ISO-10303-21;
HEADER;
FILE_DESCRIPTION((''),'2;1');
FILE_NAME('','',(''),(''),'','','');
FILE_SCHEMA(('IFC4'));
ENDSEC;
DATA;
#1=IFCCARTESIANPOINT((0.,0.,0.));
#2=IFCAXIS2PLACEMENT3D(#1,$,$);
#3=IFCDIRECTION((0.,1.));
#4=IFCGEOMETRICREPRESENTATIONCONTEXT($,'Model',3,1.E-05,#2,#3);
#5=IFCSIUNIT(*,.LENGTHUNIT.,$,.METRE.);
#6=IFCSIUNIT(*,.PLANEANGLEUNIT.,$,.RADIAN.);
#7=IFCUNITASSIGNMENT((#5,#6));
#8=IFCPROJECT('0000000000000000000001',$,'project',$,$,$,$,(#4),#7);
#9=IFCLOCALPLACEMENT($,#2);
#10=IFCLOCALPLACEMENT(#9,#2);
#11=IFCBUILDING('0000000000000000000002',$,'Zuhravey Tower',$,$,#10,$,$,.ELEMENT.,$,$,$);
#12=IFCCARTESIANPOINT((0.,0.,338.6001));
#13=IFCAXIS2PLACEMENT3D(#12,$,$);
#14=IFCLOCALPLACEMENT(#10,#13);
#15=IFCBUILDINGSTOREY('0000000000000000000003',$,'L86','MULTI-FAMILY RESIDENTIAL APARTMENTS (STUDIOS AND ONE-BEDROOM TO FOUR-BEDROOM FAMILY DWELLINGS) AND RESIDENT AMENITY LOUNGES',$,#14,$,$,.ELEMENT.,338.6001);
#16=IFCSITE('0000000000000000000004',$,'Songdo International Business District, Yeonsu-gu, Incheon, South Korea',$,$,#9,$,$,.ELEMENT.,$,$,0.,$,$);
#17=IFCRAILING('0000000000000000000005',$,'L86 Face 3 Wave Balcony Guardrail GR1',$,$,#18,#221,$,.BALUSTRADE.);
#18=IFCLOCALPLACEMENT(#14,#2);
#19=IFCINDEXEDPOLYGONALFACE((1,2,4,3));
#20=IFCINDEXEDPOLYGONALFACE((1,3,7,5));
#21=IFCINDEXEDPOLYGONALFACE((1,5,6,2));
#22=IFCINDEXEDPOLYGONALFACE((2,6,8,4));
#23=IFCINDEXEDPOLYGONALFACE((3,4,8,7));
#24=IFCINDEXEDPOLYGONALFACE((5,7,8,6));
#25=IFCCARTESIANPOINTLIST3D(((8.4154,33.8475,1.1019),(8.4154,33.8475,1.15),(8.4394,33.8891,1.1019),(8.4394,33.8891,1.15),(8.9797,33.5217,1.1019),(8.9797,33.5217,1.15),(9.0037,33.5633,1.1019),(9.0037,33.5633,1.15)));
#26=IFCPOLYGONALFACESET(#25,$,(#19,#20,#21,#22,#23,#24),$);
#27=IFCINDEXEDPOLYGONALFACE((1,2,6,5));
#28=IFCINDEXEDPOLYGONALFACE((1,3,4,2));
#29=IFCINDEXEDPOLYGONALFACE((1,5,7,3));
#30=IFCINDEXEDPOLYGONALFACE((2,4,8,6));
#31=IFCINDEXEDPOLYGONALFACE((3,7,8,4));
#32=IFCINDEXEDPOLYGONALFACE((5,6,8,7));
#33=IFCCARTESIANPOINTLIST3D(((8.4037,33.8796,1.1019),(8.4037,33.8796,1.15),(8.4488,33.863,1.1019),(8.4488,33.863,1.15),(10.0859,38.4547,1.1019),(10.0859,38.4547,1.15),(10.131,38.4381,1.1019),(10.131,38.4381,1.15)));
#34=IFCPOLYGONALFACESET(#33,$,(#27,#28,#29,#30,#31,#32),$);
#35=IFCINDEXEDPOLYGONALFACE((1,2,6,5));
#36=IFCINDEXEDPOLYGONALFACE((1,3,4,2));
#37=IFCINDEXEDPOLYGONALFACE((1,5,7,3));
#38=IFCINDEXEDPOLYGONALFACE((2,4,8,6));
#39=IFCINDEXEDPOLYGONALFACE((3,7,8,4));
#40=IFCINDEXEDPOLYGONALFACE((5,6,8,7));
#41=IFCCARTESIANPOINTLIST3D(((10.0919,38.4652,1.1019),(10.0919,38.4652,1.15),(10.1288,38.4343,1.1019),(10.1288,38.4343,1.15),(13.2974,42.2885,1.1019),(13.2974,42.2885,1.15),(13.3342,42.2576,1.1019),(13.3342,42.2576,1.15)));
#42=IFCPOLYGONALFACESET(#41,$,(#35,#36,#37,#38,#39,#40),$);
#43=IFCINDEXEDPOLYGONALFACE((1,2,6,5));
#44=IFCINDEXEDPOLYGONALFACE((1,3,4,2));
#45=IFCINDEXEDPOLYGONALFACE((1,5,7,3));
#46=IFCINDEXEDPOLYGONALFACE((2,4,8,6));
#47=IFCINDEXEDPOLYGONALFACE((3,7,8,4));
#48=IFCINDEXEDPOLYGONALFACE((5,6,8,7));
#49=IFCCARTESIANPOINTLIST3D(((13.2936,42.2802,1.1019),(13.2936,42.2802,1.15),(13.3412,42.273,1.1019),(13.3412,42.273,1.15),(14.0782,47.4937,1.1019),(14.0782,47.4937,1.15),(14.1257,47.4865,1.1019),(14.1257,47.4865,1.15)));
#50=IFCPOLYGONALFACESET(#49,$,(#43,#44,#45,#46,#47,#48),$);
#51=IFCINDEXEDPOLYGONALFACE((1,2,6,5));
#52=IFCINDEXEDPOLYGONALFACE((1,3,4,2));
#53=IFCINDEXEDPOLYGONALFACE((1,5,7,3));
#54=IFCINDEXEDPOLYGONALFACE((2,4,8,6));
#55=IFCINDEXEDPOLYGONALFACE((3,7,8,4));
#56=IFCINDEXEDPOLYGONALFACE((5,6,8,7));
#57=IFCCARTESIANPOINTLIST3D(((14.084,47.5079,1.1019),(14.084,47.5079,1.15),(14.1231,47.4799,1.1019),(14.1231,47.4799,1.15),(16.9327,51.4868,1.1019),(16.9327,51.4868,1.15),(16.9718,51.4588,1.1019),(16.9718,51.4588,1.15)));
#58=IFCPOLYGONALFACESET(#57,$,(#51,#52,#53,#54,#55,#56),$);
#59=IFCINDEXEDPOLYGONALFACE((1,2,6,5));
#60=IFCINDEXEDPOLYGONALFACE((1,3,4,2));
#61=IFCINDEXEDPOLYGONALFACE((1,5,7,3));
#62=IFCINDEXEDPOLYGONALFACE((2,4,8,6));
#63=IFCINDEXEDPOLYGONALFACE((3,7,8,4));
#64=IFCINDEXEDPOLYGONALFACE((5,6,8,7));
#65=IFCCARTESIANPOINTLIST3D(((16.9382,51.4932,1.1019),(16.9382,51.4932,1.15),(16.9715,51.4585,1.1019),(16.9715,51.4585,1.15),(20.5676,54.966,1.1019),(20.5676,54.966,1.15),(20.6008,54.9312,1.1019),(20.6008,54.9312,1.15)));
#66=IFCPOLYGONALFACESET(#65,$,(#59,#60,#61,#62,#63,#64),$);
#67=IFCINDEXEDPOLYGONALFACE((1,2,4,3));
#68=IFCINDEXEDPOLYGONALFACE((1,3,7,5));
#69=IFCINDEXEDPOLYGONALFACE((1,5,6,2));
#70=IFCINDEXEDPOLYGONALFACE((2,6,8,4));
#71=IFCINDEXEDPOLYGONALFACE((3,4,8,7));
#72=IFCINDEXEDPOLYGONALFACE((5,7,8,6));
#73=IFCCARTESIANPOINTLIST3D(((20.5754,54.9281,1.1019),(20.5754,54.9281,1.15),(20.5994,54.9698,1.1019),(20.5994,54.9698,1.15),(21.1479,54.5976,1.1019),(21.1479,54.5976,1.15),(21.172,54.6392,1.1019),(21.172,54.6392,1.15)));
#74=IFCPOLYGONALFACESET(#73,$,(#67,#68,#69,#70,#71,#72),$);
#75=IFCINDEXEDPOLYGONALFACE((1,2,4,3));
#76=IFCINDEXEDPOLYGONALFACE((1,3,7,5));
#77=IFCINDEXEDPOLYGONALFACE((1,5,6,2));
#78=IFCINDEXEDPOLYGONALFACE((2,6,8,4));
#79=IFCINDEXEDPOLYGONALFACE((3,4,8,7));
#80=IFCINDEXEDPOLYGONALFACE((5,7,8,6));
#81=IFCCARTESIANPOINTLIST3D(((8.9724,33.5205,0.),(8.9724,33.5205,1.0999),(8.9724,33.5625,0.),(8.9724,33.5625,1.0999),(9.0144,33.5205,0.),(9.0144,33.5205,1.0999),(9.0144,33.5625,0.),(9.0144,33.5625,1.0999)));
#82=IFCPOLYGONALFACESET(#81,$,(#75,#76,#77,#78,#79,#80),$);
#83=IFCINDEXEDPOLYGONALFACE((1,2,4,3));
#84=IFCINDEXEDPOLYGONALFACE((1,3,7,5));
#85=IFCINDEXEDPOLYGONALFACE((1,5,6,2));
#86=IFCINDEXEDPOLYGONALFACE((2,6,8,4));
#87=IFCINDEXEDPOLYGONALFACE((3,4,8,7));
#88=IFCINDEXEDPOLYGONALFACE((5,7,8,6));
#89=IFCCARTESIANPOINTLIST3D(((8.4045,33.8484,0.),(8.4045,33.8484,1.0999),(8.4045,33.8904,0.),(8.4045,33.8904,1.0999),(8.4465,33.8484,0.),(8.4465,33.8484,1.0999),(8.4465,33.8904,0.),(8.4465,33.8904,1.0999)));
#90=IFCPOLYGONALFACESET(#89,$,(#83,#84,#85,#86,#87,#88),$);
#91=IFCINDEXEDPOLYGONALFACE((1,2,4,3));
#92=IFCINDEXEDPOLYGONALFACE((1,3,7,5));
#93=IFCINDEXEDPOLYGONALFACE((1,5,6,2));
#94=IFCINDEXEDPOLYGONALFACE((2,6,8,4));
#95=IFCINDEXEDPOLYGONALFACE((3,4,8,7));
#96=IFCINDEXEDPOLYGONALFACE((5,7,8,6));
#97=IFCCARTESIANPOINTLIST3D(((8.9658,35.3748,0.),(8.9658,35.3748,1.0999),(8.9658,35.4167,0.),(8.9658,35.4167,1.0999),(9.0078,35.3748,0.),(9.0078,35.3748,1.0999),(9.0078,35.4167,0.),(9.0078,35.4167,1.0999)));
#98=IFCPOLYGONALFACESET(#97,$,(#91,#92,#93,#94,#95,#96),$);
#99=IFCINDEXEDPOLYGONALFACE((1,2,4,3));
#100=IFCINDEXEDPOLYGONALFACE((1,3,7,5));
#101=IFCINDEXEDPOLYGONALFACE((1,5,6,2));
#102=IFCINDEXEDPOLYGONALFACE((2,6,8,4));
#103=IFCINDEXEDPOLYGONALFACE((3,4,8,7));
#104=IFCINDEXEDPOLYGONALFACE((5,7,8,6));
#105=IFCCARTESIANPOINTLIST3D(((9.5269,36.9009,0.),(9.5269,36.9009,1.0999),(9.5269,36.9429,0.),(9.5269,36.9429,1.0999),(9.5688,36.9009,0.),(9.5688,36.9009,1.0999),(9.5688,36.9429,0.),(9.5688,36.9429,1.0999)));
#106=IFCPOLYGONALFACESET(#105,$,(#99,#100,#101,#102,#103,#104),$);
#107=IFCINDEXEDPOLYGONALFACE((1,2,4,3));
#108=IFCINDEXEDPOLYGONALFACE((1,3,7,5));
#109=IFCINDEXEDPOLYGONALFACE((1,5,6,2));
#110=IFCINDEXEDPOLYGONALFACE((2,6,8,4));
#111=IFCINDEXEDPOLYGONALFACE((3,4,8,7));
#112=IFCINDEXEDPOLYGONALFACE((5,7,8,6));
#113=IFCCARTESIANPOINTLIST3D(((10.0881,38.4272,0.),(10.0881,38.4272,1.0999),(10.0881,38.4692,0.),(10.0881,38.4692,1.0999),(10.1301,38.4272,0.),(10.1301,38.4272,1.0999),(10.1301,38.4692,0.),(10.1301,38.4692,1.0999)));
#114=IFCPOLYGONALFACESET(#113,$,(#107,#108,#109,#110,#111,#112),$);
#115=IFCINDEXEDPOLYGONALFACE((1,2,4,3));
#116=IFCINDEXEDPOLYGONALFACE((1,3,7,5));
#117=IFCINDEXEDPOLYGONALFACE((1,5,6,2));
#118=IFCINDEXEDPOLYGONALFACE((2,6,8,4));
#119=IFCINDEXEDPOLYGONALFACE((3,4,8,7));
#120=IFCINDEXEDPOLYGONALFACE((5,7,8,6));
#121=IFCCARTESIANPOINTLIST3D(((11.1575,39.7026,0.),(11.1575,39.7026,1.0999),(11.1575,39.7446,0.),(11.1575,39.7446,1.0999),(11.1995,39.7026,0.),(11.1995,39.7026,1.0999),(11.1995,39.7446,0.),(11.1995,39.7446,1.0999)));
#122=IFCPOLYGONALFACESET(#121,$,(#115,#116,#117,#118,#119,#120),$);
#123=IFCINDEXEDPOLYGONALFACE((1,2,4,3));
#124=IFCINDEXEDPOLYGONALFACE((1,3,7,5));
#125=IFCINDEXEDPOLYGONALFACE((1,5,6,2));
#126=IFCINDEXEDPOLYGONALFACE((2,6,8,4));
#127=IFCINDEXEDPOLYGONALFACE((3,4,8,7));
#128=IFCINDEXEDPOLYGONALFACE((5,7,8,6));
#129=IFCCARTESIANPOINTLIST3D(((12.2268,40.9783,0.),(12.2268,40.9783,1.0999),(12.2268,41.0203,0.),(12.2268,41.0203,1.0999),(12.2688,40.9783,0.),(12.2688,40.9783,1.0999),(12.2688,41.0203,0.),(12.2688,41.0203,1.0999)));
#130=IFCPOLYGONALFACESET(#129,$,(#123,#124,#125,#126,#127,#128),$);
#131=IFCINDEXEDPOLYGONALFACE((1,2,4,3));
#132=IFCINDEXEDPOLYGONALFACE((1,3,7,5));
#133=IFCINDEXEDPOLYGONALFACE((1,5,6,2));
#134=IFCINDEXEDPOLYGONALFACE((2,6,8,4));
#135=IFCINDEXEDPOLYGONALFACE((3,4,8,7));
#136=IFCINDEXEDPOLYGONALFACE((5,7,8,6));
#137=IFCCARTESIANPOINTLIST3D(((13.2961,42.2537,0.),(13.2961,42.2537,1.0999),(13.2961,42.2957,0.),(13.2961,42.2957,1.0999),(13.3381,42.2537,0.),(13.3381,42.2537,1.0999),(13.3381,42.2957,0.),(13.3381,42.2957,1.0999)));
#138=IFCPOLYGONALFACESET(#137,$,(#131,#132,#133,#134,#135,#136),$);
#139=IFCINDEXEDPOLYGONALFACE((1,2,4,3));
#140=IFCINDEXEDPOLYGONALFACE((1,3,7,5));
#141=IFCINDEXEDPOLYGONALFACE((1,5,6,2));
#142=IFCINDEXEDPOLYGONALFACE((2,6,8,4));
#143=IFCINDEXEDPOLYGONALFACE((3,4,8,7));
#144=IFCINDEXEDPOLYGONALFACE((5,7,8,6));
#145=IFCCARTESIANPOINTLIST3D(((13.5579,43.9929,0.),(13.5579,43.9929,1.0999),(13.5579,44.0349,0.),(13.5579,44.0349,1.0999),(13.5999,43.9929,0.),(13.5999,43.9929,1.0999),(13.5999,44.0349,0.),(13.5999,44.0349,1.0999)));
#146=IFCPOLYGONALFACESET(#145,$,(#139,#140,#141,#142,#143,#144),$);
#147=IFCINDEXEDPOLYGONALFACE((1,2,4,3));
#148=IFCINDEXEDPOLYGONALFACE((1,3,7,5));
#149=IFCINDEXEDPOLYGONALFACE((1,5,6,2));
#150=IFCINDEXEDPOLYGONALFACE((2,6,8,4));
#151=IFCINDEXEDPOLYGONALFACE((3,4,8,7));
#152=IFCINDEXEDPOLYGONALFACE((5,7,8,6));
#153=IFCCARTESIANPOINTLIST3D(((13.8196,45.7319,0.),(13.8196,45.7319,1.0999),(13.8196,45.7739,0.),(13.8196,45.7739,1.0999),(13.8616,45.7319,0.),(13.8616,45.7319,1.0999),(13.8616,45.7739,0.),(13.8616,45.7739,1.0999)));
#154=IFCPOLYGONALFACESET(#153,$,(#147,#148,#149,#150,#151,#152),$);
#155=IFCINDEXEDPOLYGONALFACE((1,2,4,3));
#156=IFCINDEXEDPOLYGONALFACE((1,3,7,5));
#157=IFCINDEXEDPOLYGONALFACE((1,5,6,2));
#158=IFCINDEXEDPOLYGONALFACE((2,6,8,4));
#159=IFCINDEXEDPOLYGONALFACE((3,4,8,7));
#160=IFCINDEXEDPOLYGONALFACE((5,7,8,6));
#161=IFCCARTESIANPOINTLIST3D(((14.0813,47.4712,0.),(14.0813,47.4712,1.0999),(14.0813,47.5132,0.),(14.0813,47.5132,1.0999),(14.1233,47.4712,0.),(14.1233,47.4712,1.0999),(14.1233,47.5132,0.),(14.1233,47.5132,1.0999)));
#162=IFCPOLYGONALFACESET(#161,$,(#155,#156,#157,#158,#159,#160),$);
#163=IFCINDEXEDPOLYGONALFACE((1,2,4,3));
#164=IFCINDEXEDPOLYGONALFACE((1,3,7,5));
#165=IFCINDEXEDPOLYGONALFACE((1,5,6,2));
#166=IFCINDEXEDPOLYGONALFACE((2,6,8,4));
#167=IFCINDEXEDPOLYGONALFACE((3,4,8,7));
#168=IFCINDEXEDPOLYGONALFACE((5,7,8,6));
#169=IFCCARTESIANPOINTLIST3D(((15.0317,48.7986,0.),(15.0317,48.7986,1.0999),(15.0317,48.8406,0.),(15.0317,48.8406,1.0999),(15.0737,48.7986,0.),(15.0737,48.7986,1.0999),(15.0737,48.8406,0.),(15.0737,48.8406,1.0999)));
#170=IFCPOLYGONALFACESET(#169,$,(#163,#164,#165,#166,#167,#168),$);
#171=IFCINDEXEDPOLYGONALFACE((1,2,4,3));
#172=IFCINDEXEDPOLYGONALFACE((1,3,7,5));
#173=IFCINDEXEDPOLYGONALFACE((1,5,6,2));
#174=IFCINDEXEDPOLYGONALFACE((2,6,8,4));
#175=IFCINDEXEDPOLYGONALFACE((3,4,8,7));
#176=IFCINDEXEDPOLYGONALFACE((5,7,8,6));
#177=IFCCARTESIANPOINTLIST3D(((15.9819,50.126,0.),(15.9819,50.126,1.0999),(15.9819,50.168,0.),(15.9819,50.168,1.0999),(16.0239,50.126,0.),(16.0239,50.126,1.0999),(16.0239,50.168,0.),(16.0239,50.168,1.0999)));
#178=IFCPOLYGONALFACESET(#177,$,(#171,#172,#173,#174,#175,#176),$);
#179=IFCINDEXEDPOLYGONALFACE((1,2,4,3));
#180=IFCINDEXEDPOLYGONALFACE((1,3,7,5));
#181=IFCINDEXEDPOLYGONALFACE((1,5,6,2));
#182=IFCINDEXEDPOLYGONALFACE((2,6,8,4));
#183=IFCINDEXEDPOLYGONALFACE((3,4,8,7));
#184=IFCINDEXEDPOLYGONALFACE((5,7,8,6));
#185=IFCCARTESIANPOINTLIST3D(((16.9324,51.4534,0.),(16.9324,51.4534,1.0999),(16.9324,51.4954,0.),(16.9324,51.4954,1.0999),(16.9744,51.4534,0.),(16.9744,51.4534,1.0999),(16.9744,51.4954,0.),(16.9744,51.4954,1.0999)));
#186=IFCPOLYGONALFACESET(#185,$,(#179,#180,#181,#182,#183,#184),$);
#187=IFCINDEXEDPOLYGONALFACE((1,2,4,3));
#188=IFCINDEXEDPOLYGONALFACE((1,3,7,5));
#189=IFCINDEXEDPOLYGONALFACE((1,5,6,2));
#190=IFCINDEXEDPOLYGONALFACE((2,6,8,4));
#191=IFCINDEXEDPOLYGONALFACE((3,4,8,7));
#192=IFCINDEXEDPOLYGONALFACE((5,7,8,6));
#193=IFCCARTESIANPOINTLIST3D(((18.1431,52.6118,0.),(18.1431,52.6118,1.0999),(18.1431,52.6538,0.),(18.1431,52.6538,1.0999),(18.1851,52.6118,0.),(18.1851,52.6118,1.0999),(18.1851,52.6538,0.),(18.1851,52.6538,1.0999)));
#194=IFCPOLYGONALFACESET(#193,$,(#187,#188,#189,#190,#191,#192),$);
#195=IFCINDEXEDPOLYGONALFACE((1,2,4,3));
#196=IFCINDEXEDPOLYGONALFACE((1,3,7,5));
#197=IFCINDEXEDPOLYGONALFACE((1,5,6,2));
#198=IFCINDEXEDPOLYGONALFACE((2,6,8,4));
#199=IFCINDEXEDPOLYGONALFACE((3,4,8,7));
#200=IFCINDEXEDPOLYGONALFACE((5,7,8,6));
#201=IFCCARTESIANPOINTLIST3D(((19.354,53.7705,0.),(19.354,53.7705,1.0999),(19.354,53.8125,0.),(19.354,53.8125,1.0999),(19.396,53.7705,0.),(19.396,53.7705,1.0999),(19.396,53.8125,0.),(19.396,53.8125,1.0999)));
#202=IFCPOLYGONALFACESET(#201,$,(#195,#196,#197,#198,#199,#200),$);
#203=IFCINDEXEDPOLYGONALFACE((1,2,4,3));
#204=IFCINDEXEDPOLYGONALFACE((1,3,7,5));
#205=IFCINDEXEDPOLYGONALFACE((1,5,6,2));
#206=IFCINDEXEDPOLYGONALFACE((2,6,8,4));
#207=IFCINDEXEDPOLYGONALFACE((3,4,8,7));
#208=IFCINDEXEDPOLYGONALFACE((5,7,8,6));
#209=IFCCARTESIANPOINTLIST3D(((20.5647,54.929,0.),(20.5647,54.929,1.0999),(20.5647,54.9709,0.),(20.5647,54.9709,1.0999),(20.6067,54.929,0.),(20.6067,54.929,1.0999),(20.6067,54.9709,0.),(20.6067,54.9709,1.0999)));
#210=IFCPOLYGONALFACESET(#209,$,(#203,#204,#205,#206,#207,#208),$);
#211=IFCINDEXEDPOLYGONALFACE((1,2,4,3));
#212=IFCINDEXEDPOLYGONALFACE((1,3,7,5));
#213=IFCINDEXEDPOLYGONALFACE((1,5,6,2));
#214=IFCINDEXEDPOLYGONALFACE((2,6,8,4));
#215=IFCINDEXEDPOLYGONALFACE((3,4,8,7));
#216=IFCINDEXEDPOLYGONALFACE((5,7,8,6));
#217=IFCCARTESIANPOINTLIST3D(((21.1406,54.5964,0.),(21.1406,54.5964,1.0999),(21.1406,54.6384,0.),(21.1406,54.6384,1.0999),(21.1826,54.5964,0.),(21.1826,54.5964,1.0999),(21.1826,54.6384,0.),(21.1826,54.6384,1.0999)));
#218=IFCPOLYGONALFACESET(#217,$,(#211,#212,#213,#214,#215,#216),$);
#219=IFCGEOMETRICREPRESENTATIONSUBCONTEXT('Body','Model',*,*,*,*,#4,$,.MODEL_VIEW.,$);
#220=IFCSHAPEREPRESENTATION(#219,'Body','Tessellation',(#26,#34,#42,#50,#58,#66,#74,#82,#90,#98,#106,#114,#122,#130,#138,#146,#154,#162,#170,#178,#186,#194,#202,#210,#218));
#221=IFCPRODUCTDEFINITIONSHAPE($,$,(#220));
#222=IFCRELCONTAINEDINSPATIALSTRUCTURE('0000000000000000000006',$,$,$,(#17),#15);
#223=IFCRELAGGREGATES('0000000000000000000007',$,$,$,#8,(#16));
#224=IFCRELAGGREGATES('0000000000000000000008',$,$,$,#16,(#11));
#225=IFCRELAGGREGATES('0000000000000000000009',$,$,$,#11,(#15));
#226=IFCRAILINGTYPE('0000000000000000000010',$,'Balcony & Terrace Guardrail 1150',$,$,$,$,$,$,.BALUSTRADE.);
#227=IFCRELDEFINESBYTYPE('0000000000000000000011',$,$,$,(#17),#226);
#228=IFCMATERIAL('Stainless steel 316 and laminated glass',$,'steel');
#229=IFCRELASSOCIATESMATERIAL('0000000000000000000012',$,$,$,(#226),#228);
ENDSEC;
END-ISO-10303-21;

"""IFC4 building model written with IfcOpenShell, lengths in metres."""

from ifc_helpers import new_model, si_unit, direction, frame, origin, origin_2d, place, context, subcontext, project, spatial, rectangle, extrude, material, type_object, element, save


model = new_model("IFC4")

# Units and contexts
model_context = context("Model", 3, precision=1e-05, world=origin(), true_north=direction((0.0, 1.0)))
body_context = subcontext(model_context, "Body", "Model", "MODEL_VIEW")
ifc_project = project(units=[si_unit("LENGTHUNIT", "METRE"), si_unit("PLANEANGLEUNIT", "RADIAN")], contexts=[model_context])

# Site, building, storey
site_placement = place(None, origin())
site = spatial("IfcSite", under=ifc_project, at=site_placement, Name="Songdo International Business District, Yeonsu-gu, Incheon, South Korea", CompositionType="ELEMENT", RefElevation=0.0)
building_placement = place(site_placement, origin())
building = spatial("IfcBuilding", under=site, at=building_placement, Name="Zuhravey Tower", CompositionType="ELEMENT")
storey_placement = place(building_placement, frame((0.0, 0.0, 338.6001)))
storey = spatial("IfcBuildingStorey", under=building, at=storey_placement, Name="L86", Description="MULTI-FAMILY RESIDENTIAL APARTMENTS (STUDIOS AND ONE-BEDROOM TO FOUR-BEDROOM FAMILY DWELLINGS) AND RESIDENT AMENITY LOUNGES", CompositionType="ELEMENT", Elevation=338.6001)

# Railing
ifc_material_1 = material(Name="Stainless steel 316 and laminated glass", Category="steel")
railing_type = type_object("IfcRailingType", Name="Balcony & Terrace Guardrail 1150", PredefinedType="BALUSTRADE", material=ifc_material_1)
railing_placement = place(storey_placement, frame((8.9934, 33.5415, 0.0)))
element("IfcRailing", 1, at=railing_placement, inside=storey, type_object=railing_type, Name="L86 Face 3 Wave Balcony Guardrail GR1", PredefinedType="BALUSTRADE", context=body_context, shape_type="SweptSolid", body=[
    extrude(rectangle(XDim=0.0481, YDim=0.0481, at=origin_2d()), frame((-0.0017, 0.001, 1.126), z_axis=(-0.866012, 0.500023, 0.0), x_axis=(-0.500023, -0.866012, 0.0)), (0.0, 0.0, 1.0), 0.6516),
    extrude(rectangle(XDim=0.0481, YDim=0.0481, at=origin_2d()), frame((-0.5671, 0.3298, 1.126), z_axis=(0.3451, 0.938566, 0.0), x_axis=(-0.938566, 0.3451, 0.0)), (0.0, 0.0, 1.0), 4.8745),
    extrude(rectangle(XDim=0.0481, YDim=0.0481, at=origin_2d()), frame((1.1169, 4.9082, 1.126), z_axis=(0.642466, 0.766314, 0.0), x_axis=(-0.766314, 0.642466, 0.0)), (0.0, 0.0, 1.0), 4.9893),
    extrude(rectangle(XDim=0.0481, YDim=0.0481, at=origin_2d()), frame((4.324, 8.7351, 1.126), z_axis=(0.148809, 0.988866, 0.0), x_axis=(-0.988866, 0.148809, 0.0)), (0.0, 0.0, 1.0), 5.2722),
    extrude(rectangle(XDim=0.0481, YDim=0.0481, at=origin_2d()), frame((5.1101, 13.9524, 1.126), z_axis=(0.582138, 0.81309, 0.0), x_axis=(-0.81309, 0.582138, 0.0)), (0.0, 0.0, 1.0), 4.8936),
    extrude(rectangle(XDim=0.0481, YDim=0.0481, at=origin_2d()), frame((7.9614, 17.9343, 1.126), z_axis=(0.722524, 0.691346, 0.0), x_axis=(-0.691346, 0.722524, 0.0)), (0.0, 0.0, 1.0), 5.0232),
    extrude(rectangle(XDim=0.0481, YDim=0.0481, at=origin_2d()), frame((11.594, 21.4075, 1.126), z_axis=(0.866021, -0.500008, 0.0), x_axis=(0.500008, 0.866021, 0.0)), (0.0, 0.0, 1.0), 0.6611),
    extrude(rectangle(XDim=0.042, YDim=0.042, at=origin_2d()), origin(), (0.0, 0.0, 1.0), 1.0999),
    extrude(rectangle(XDim=0.042, YDim=0.042, at=origin_2d()), frame((-0.5679, 0.3279, 0.0)), (0.0, 0.0, 1.0), 1.0999),
    extrude(rectangle(XDim=0.042, YDim=0.042, at=origin_2d()), frame((-0.0066, 1.8542, 0.0)), (0.0, 0.0, 1.0), 1.0999),
    extrude(rectangle(XDim=0.042, YDim=0.042, at=origin_2d()), frame((0.5544, 3.3804, 0.0)), (0.0, 0.0, 1.0), 1.0999),
    extrude(rectangle(XDim=0.042, YDim=0.042, at=origin_2d()), frame((1.1157, 4.9067, 0.0)), (0.0, 0.0, 1.0), 1.0999),
    extrude(rectangle(XDim=0.042, YDim=0.042, at=origin_2d()), frame((2.1851, 6.1821, 0.0)), (0.0, 0.0, 1.0), 1.0999),
    extrude(rectangle(XDim=0.042, YDim=0.042, at=origin_2d()), frame((3.2544, 7.4578, 0.0)), (0.0, 0.0, 1.0), 1.0999),
    extrude(rectangle(XDim=0.042, YDim=0.042, at=origin_2d()), frame((4.3237, 8.7332, 0.0)), (0.0, 0.0, 1.0), 1.0999),
    extrude(rectangle(XDim=0.042, YDim=0.042, at=origin_2d()), frame((4.5854, 10.4724, 0.0)), (0.0, 0.0, 1.0), 1.0999),
    extrude(rectangle(XDim=0.042, YDim=0.042, at=origin_2d()), frame((4.8472, 12.2114, 0.0)), (0.0, 0.0, 1.0), 1.0999),
    extrude(rectangle(XDim=0.042, YDim=0.042, at=origin_2d()), frame((5.1089, 13.9507, 0.0)), (0.0, 0.0, 1.0), 1.0999),
    extrude(rectangle(XDim=0.042, YDim=0.042, at=origin_2d()), frame((6.0593, 15.2781, 0.0)), (0.0, 0.0, 1.0), 1.0999),
    extrude(rectangle(XDim=0.042, YDim=0.042, at=origin_2d()), frame((7.0095, 16.6055, 0.0)), (0.0, 0.0, 1.0), 1.0999),
    extrude(rectangle(XDim=0.042, YDim=0.042, at=origin_2d()), frame((7.96, 17.9329, 0.0)), (0.0, 0.0, 1.0), 1.0999),
    extrude(rectangle(XDim=0.042, YDim=0.042, at=origin_2d()), frame((9.1707, 19.0913, 0.0)), (0.0, 0.0, 1.0), 1.0999),
    extrude(rectangle(XDim=0.042, YDim=0.042, at=origin_2d()), frame((10.3816, 20.25, 0.0)), (0.0, 0.0, 1.0), 1.0999),
    extrude(rectangle(XDim=0.042, YDim=0.042, at=origin_2d()), frame((11.5923, 21.4084, 0.0)), (0.0, 0.0, 1.0), 1.0999),
    extrude(rectangle(XDim=0.042, YDim=0.042, at=origin_2d()), frame((12.1682, 21.0759, 0.0)), (0.0, 0.0, 1.0), 1.0999),
])

save(model, "model.ifc")
